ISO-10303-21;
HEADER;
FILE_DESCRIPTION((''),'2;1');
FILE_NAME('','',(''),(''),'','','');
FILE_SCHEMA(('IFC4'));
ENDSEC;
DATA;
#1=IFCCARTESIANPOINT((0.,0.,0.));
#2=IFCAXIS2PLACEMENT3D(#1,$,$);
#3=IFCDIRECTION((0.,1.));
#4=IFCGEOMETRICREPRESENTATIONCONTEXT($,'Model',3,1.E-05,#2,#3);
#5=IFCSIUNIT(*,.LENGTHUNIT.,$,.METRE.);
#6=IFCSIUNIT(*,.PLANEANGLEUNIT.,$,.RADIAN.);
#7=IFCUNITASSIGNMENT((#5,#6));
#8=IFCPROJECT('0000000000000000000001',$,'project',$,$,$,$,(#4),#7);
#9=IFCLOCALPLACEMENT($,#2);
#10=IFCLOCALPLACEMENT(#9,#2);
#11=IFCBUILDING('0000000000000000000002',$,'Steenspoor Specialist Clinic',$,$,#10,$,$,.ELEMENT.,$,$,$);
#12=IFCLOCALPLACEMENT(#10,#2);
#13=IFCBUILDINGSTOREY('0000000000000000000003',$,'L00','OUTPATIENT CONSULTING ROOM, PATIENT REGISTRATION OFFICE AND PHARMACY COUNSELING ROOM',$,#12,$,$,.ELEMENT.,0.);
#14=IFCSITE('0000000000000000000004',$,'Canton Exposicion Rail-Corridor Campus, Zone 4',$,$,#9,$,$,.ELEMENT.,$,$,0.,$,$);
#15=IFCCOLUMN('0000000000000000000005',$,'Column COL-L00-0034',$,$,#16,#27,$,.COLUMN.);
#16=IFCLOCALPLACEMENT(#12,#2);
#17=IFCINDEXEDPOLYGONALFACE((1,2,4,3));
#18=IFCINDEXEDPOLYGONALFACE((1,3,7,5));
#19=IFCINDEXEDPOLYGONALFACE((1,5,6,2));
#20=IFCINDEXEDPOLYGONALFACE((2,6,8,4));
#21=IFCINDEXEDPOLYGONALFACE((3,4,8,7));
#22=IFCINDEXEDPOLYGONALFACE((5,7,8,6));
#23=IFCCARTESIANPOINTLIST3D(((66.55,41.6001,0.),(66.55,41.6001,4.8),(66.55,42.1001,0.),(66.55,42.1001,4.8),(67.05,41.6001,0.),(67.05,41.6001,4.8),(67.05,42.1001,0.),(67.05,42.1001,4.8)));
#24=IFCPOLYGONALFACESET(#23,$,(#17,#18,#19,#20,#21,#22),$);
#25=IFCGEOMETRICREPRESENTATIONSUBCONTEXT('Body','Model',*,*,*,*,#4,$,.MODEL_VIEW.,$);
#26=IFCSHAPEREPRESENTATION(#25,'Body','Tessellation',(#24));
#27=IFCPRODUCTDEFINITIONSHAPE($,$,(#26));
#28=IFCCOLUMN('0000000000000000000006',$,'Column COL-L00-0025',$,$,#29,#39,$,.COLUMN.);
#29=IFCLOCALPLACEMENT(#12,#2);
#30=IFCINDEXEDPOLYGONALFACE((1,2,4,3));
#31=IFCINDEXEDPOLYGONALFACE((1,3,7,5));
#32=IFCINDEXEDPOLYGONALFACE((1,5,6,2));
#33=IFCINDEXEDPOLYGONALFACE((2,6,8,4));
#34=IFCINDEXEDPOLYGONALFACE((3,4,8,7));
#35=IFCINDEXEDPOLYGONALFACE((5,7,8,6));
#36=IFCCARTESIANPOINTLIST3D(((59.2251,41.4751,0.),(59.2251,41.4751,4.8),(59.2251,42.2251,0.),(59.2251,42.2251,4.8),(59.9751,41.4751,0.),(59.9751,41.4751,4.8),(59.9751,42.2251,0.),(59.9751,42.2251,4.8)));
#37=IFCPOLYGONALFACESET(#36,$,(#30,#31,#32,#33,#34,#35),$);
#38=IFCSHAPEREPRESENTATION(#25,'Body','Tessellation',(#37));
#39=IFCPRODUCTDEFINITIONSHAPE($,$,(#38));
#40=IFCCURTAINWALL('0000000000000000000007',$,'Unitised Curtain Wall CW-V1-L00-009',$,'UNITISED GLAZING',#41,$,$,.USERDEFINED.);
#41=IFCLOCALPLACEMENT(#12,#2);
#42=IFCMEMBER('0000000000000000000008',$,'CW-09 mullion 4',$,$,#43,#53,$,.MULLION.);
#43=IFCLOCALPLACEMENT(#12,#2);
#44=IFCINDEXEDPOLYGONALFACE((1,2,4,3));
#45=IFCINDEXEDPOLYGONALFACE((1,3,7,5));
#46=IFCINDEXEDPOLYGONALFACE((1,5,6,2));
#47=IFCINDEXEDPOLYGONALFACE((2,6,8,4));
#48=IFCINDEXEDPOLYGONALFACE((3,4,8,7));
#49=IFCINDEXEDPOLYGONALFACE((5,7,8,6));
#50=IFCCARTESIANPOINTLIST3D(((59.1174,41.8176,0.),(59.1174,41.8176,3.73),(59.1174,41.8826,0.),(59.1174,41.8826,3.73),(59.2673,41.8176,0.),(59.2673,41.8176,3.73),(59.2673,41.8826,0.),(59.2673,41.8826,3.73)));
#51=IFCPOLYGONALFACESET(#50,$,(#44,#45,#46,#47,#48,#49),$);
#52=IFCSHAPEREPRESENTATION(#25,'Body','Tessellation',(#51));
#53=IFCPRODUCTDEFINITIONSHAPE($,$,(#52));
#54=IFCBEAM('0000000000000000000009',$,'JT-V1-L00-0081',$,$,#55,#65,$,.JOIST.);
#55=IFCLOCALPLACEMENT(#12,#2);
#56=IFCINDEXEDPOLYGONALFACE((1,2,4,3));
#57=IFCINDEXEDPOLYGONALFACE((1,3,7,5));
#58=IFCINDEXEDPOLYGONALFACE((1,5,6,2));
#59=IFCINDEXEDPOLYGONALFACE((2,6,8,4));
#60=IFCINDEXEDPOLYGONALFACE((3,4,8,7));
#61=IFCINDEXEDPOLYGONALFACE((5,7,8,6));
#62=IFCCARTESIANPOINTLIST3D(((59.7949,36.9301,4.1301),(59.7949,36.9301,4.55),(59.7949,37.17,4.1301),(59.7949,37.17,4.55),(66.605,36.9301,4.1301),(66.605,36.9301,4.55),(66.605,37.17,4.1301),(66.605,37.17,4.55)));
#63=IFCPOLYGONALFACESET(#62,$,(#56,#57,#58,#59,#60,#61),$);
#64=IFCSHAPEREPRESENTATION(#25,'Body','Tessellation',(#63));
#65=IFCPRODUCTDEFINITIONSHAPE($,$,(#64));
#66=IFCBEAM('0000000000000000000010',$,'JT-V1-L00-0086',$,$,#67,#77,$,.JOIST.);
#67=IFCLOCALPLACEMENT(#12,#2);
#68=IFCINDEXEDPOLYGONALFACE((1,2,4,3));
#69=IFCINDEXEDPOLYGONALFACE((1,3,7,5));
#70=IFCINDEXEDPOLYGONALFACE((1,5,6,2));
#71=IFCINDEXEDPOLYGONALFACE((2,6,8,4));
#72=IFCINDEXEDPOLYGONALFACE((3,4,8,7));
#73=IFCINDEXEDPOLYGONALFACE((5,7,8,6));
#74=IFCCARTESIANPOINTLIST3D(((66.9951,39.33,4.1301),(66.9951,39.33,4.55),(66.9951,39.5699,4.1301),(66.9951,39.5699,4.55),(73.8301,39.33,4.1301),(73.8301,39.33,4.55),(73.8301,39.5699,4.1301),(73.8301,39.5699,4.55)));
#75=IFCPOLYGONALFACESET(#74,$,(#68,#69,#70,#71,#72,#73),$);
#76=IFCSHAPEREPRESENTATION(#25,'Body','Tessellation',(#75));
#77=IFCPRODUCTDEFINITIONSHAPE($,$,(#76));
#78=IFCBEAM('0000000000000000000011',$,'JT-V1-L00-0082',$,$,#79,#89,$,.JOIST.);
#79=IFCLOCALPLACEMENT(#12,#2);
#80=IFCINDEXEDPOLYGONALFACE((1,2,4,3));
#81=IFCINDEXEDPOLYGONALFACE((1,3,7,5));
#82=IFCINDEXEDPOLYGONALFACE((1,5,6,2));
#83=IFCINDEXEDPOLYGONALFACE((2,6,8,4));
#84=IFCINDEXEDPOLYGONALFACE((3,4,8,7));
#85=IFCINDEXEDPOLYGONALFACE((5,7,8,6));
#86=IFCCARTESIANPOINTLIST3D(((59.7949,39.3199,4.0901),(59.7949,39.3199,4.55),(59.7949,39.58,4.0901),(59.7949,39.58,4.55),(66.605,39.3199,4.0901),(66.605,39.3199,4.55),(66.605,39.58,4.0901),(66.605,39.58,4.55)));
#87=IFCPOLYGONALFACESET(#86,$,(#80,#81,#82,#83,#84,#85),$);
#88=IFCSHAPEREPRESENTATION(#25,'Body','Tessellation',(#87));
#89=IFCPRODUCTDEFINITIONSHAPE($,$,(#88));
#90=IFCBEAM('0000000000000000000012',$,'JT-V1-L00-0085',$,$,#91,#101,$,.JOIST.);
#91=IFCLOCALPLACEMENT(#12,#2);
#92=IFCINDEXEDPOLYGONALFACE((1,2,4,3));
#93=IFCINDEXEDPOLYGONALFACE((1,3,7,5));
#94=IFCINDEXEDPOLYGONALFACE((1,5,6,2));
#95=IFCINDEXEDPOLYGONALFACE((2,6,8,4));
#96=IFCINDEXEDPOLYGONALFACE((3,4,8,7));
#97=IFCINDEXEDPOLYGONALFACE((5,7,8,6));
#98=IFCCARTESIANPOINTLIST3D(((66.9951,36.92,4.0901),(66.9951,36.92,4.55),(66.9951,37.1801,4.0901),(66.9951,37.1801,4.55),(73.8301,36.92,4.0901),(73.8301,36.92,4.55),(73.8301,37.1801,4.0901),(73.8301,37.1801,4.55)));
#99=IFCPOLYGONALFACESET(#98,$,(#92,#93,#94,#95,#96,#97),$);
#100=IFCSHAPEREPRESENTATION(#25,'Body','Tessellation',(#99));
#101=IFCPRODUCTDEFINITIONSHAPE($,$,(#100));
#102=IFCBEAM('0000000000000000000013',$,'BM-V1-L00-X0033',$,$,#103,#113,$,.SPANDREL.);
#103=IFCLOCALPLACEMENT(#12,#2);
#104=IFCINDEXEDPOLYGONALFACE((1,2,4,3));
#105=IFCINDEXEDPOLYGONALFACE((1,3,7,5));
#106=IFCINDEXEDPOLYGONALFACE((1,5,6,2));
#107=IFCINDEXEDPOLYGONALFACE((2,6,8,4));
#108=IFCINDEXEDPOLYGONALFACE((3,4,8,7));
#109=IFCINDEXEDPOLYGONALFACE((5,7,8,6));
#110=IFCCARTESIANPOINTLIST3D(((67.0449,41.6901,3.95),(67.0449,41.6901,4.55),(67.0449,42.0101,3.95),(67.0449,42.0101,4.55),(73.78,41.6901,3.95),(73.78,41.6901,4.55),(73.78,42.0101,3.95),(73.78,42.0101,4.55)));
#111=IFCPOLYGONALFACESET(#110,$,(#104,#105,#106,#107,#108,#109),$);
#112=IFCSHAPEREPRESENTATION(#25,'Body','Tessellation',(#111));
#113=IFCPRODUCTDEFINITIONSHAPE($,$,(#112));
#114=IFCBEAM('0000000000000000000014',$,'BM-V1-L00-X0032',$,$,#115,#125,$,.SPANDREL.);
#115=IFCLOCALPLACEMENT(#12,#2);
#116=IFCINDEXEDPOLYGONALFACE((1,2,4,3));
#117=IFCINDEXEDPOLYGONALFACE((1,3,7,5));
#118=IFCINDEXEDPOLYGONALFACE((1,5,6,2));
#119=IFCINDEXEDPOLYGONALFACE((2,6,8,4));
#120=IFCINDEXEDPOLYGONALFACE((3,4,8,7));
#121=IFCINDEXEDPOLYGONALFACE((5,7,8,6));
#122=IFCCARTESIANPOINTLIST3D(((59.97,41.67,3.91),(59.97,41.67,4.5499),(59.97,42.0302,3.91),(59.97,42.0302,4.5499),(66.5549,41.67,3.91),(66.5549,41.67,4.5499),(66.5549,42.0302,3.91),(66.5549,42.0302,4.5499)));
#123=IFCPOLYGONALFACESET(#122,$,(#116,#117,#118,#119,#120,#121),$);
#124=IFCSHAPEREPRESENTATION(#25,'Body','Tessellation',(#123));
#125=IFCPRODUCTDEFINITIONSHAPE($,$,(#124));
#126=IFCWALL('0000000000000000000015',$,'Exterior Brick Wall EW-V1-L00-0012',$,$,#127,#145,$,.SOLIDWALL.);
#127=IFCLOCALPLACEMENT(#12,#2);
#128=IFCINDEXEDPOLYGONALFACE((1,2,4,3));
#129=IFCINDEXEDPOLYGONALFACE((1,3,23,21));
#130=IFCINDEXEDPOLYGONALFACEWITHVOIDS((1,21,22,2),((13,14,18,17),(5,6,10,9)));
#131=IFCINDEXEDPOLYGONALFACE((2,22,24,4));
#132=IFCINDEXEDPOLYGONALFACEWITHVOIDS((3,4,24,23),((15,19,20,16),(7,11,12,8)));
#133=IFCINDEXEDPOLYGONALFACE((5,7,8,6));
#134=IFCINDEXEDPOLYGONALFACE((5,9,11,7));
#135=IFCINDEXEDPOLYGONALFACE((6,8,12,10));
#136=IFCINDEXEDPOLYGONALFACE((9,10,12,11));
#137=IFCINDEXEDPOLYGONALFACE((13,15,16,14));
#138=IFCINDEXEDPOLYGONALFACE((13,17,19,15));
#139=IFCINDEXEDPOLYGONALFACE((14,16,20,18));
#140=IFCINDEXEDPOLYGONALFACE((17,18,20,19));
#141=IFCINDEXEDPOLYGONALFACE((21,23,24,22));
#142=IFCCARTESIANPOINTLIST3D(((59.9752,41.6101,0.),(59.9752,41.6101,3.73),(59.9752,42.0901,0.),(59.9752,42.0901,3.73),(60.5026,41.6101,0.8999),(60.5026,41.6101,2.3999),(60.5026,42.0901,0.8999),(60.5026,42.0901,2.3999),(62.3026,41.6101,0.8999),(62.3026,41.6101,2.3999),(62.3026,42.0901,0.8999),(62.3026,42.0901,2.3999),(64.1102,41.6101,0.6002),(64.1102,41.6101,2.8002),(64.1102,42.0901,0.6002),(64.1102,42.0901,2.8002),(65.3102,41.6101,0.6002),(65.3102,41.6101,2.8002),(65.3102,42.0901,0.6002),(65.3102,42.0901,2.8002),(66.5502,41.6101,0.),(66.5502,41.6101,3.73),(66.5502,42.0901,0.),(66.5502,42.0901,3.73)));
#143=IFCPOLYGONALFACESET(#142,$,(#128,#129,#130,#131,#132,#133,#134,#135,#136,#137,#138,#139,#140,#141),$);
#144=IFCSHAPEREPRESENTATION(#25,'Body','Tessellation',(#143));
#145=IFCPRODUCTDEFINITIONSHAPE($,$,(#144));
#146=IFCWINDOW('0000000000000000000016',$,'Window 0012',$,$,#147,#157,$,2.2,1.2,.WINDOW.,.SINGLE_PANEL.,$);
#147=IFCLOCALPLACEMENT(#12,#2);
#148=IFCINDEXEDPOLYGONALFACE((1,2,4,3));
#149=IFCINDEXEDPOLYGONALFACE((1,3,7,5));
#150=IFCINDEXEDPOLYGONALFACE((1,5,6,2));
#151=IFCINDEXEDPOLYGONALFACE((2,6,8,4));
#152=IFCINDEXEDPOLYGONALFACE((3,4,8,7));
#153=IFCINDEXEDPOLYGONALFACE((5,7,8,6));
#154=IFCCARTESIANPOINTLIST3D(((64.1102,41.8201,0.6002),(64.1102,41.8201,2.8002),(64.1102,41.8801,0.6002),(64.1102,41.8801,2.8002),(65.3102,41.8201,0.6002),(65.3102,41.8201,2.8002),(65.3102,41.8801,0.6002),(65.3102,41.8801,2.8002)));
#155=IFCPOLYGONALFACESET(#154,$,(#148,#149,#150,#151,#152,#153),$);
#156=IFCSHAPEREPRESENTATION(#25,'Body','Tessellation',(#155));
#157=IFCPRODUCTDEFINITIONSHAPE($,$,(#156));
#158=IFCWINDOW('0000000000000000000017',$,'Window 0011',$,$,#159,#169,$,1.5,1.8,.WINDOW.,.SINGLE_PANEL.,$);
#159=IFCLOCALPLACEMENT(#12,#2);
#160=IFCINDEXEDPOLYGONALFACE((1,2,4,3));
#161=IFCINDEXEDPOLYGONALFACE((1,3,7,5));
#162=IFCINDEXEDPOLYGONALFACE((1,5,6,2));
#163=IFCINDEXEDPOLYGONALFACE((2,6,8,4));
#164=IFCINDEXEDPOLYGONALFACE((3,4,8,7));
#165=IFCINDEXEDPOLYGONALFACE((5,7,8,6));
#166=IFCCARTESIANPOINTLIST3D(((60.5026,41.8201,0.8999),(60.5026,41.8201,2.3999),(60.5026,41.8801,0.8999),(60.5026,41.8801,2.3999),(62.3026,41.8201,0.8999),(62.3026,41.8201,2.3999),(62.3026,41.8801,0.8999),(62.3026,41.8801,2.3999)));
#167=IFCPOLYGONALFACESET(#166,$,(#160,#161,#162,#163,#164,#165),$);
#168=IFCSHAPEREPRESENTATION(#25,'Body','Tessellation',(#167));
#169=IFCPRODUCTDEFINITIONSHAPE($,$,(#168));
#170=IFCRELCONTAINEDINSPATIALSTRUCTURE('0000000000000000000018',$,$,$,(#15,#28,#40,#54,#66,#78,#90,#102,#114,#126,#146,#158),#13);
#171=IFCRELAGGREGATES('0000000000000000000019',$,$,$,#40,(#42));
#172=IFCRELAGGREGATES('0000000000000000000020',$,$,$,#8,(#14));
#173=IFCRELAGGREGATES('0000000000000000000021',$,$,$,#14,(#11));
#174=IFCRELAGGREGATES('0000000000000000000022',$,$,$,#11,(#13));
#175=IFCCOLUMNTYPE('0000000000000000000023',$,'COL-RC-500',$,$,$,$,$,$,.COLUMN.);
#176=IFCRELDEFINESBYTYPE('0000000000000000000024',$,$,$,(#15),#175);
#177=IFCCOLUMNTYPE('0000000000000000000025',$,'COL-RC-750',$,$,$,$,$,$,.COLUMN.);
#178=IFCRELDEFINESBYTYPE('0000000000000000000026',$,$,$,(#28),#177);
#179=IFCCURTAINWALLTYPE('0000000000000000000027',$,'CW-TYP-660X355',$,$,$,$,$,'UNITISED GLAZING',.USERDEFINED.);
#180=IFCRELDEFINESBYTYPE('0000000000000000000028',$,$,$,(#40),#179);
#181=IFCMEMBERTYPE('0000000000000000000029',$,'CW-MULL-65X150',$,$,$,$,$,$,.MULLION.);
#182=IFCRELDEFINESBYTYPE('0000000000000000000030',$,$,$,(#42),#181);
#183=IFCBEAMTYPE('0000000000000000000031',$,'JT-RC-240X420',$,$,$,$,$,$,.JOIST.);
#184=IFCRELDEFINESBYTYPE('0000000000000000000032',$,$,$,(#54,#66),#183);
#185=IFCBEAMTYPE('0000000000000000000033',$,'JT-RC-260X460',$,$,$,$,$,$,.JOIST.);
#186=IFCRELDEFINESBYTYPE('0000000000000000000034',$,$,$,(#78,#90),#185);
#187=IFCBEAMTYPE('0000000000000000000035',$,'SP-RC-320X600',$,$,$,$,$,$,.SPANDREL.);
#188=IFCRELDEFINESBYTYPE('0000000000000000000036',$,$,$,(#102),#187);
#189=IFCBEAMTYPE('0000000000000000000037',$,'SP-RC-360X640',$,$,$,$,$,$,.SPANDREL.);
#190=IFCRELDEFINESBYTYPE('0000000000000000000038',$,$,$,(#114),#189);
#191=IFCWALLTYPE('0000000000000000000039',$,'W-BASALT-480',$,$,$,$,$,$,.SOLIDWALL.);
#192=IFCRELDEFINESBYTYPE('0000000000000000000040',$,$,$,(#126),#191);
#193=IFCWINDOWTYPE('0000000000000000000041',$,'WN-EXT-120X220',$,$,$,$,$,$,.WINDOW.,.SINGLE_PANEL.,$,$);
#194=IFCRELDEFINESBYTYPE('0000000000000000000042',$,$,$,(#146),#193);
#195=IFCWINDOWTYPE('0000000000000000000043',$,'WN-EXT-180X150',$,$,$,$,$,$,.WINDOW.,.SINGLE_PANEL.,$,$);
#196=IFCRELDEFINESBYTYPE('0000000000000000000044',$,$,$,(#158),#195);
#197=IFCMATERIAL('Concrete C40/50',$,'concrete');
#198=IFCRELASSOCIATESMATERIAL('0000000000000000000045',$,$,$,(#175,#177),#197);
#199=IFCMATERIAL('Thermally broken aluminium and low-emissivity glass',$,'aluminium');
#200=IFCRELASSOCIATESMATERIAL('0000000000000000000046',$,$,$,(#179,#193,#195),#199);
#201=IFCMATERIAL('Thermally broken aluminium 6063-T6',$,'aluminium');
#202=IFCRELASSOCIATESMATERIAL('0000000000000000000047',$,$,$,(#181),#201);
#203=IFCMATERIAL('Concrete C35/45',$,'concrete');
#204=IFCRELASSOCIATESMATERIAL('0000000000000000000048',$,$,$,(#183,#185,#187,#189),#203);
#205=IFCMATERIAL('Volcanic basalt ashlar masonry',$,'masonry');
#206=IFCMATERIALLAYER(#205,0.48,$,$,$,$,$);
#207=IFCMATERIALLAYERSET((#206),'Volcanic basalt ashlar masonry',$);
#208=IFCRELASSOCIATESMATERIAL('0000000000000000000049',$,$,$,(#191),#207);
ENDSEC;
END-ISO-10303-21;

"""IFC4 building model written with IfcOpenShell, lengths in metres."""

from ifc_helpers import new_model, si_unit, direction, frame, frame_2d, origin, origin_2d, place, context, subcontext, project, spatial, rectangle, extrude, material, layer, layer_set, material_profile, profile_set, type_object, element, fill, aggregate, save


model = new_model("IFC4")

# Units and contexts
model_context = context("Model", 3, precision=1e-05, world=origin(), true_north=direction((0.0, 1.0)))
body_context = subcontext(model_context, "Body", "Model", "MODEL_VIEW")
ifc_project = project(units=[si_unit("LENGTHUNIT", "METRE"), si_unit("PLANEANGLEUNIT", "RADIAN")], contexts=[model_context])

# Site, building, storey
site_placement = place(None, origin())
site = spatial("IfcSite", under=ifc_project, at=site_placement, Name="Canton Exposicion Rail-Corridor Campus, Zone 4", CompositionType="ELEMENT", RefElevation=0.0)
building_placement = place(site_placement, origin())
building = spatial("IfcBuilding", under=site, at=building_placement, Name="Steenspoor Specialist Clinic", CompositionType="ELEMENT")
storey_placement = place(building_placement, origin())
storey = spatial("IfcBuildingStorey", under=building, at=storey_placement, Name="L00", Description="OUTPATIENT CONSULTING ROOM, PATIENT REGISTRATION OFFICE AND PHARMACY COUNSELING ROOM", CompositionType="ELEMENT", Elevation=0.0)

# Shared definitions
ifc_material_1 = material(Name="Concrete C35/45", Category="concrete")

# Columns
ifc_material_2 = material(Name="Concrete C40/50", Category="concrete")
ifc_material_profile_1 = material_profile(ifc_material_2, rectangle(XDim=0.5, YDim=0.5, at=origin_2d()), Name="RC-COL-500X500")
ifc_profile_set_1 = profile_set([ifc_material_profile_1], Name="Concrete C40/50")
column_type_1 = type_object("IfcColumnType", Name="COL-RC-500", PredefinedType="COLUMN", material=ifc_profile_set_1)
column_1_placement = place(storey_placement, frame((66.8, 41.8501, 0.0), z_axis=(0.0, 0.0, 1.0), x_axis=(1.0, 0.0, 0.0)))
element("IfcColumn", 1, at=column_1_placement, inside=storey, type_object=column_type_1, Name="Column COL-L00-0034", PredefinedType="COLUMN", context=body_context, shape_type="SweptSolid", body=[
    extrude(rectangle(XDim=0.5, YDim=0.5, at=origin_2d()), origin(), (0.0, 0.0, 1.0), 4.8),
])
ifc_material_profile_2 = material_profile(ifc_material_2, rectangle(XDim=0.75, YDim=0.75, at=origin_2d()), Name="RC-COL-750X750")
ifc_profile_set_2 = profile_set([ifc_material_profile_2], Name="Concrete C40/50")
column_type_2 = type_object("IfcColumnType", Name="COL-RC-750", PredefinedType="COLUMN", material=ifc_profile_set_2)
column_2_placement = place(storey_placement, frame((59.6001, 41.8501, 0.0), z_axis=(0.0, 0.0, 1.0), x_axis=(1.0, 0.0, 0.0)))
element("IfcColumn", 2, at=column_2_placement, inside=storey, type_object=column_type_2, Name="Column COL-L00-0025", PredefinedType="COLUMN", context=body_context, shape_type="SweptSolid", body=[
    extrude(rectangle(XDim=0.75, YDim=0.75, at=origin_2d()), origin(), (0.0, 0.0, 1.0), 4.8),
])

# Curtain wall, member
ifc_material_3 = material(Name="Thermally broken aluminium and low-emissivity glass", Category="aluminium")
curtain_wall_type = type_object("IfcCurtainWallType", Name="CW-TYP-660X355", ElementType="UNITISED GLAZING", PredefinedType="USERDEFINED", material=ifc_material_3)
curtain_wall_placement = place(storey_placement, origin())
curtain_wall = element("IfcCurtainWall", 3, at=curtain_wall_placement, inside=storey, type_object=curtain_wall_type, Name="Unitised Curtain Wall CW-V1-L00-009", ObjectType="UNITISED GLAZING", PredefinedType="USERDEFINED")
ifc_material_4 = material(Name="Thermally broken aluminium 6063-T6", Category="aluminium")
ifc_material_profile_3 = material_profile(ifc_material_4, rectangle(XDim=0.0649, YDim=0.1499, at=origin_2d()), Name="CWM-65X150")
ifc_profile_set_3 = profile_set([ifc_material_profile_3], Name="Thermally broken aluminium 6063-T6")
member_type = type_object("IfcMemberType", Name="CW-MULL-65X150", PredefinedType="MULLION", material=ifc_profile_set_3)
member_placement = place(storey_placement, frame((59.1924, 41.8501, 0.0), z_axis=(0.0, 0.0, 1.0), x_axis=(0.0, 1.0, 0.0)))
member = element("IfcMember", 4, at=member_placement, type_object=member_type, Name="CW-09 mullion 4", PredefinedType="MULLION", context=body_context, shape_type="SweptSolid", body=[
    extrude(rectangle(XDim=0.0649, YDim=0.1499, at=origin_2d()), origin(), (0.0, 0.0, 1.0), 3.73),
])
aggregate(curtain_wall, [member])

# Beams
ifc_material_profile_4 = material_profile(ifc_material_1, rectangle(XDim=0.24, YDim=0.4199, at=origin_2d()), Name="RC-JT-240X420")
ifc_profile_set_4 = profile_set([ifc_material_profile_4], Name="Concrete C35/45")
beam_type_1 = type_object("IfcBeamType", Name="JT-RC-240X420", PredefinedType="JOIST", material=ifc_profile_set_4)
beam_1_placement = place(storey_placement, frame((59.7949, 37.05, 4.3401), z_axis=(1.0, 0.0, 0.0), x_axis=(0.0, 1.0, 0.0)))
element("IfcBeam", 5, at=beam_1_placement, inside=storey, type_object=beam_type_1, Name="JT-V1-L00-0081", PredefinedType="JOIST", context=body_context, shape_type="SweptSolid", body=[
    extrude(rectangle(XDim=0.24, YDim=0.4199, at=origin_2d()), origin(), (0.0, 0.0, 1.0), 6.8101),
])
beam_2_placement = place(storey_placement, frame((66.9951, 39.45, 4.3401), z_axis=(1.0, 0.0, 0.0), x_axis=(0.0, 1.0, 0.0)))
element("IfcBeam", 6, at=beam_2_placement, inside=storey, type_object=beam_type_1, Name="JT-V1-L00-0086", PredefinedType="JOIST", context=body_context, shape_type="SweptSolid", body=[
    extrude(rectangle(XDim=0.24, YDim=0.4199, at=origin_2d()), origin(), (0.0, 0.0, 1.0), 6.835),
])
ifc_material_profile_5 = material_profile(ifc_material_1, rectangle(XDim=0.26, YDim=0.46, at=origin_2d()), Name="RC-JT-260X460")
ifc_profile_set_5 = profile_set([ifc_material_profile_5], Name="Concrete C35/45")
beam_type_2 = type_object("IfcBeamType", Name="JT-RC-260X460", PredefinedType="JOIST", material=ifc_profile_set_5)
beam_3_placement = place(storey_placement, frame((59.7949, 39.45, 4.3201), z_axis=(1.0, 0.0, 0.0), x_axis=(0.0, 1.0, 0.0)))
element("IfcBeam", 7, at=beam_3_placement, inside=storey, type_object=beam_type_2, Name="JT-V1-L00-0082", PredefinedType="JOIST", context=body_context, shape_type="SweptSolid", body=[
    extrude(rectangle(XDim=0.26, YDim=0.46, at=origin_2d()), origin(), (0.0, 0.0, 1.0), 6.8101),
])
beam_4_placement = place(storey_placement, frame((66.9951, 37.05, 4.3201), z_axis=(1.0, 0.0, 0.0), x_axis=(0.0, 1.0, 0.0)))
element("IfcBeam", 8, at=beam_4_placement, inside=storey, type_object=beam_type_2, Name="JT-V1-L00-0085", PredefinedType="JOIST", context=body_context, shape_type="SweptSolid", body=[
    extrude(rectangle(XDim=0.26, YDim=0.46, at=origin_2d()), origin(), (0.0, 0.0, 1.0), 6.835),
])
ifc_material_profile_6 = material_profile(ifc_material_1, rectangle(XDim=0.3201, YDim=0.6001, at=origin_2d()), Name="RC-SP-320X600")
ifc_profile_set_6 = profile_set([ifc_material_profile_6], Name="Concrete C35/45")
beam_type_3 = type_object("IfcBeamType", Name="SP-RC-320X600", PredefinedType="SPANDREL", material=ifc_profile_set_6)
beam_5_placement = place(storey_placement, frame((67.0449, 41.8501, 4.25), z_axis=(1.0, 0.0, 0.0), x_axis=(0.0, 1.0, 0.0)))
element("IfcBeam", 9, at=beam_5_placement, inside=storey, type_object=beam_type_3, Name="BM-V1-L00-X0033", PredefinedType="SPANDREL", context=body_context, shape_type="SweptSolid", body=[
    extrude(rectangle(XDim=0.3201, YDim=0.6001, at=origin_2d()), origin(), (0.0, 0.0, 1.0), 6.7351),
])
ifc_material_profile_7 = material_profile(ifc_material_1, rectangle(XDim=0.3601, YDim=0.6399, at=origin_2d()), Name="RC-SP-360X640")
ifc_profile_set_7 = profile_set([ifc_material_profile_7], Name="Concrete C35/45")
beam_type_4 = type_object("IfcBeamType", Name="SP-RC-360X640", PredefinedType="SPANDREL", material=ifc_profile_set_7)
beam_6_placement = place(storey_placement, frame((59.97, 41.8501, 4.23), z_axis=(1.0, 0.0, 0.0), x_axis=(0.0, 1.0, 0.0)))
element("IfcBeam", 10, at=beam_6_placement, inside=storey, type_object=beam_type_4, Name="BM-V1-L00-X0032", PredefinedType="SPANDREL", context=body_context, shape_type="SweptSolid", body=[
    extrude(rectangle(XDim=0.3601, YDim=0.6399, at=origin_2d()), origin(), (0.0, 0.0, 1.0), 6.585),
])

# Wall, openings, windows
ifc_material_5 = material(Name="Volcanic basalt ashlar masonry", Category="masonry")
ifc_layer_1 = layer(ifc_material_5, 0.48)
ifc_layer_set_1 = layer_set([ifc_layer_1], Name="Volcanic basalt ashlar masonry")
wall_type_1 = type_object("IfcWallType", Name="W-BASALT-480", PredefinedType="SOLIDWALL", material=ifc_layer_set_1)
wall_1_placement = place(storey_placement, frame((59.9751, 41.8501, 0.0), z_axis=(0.0, 0.0, 1.0), x_axis=(1.0, 0.0, 0.0)))
wall_1 = element("IfcWall", 11, at=wall_1_placement, inside=storey, type_object=wall_type_1, Name="Exterior Brick Wall EW-V1-L00-0012", PredefinedType="SOLIDWALL", context=body_context, shape_type="SweptSolid", body=[
    extrude(rectangle(XDim=6.575, YDim=0.48, at=frame_2d((3.2876, 0.0))), origin(), (0.0, 0.0, 1.0), 3.73),
])
opening_1_placement = place(wall_1_placement, frame((0.5276, 0.0, 0.8999)))
opening_1 = element("IfcOpeningElement", 12, at=opening_1_placement, cuts=wall_1, PredefinedType="OPENING", context=body_context, shape_type="SweptSolid", body=[
    extrude(rectangle(XDim=1.8, YDim=1.5, at=frame_2d((0.8999, 0.75))), frame((0.0, 0.25, 0.0), z_axis=(0.0, -1.0, 0.0), x_axis=(1.0, 0.0, 0.0)), (0.0, 0.0, 1.0), 0.5),
])
opening_2_placement = place(wall_1_placement, frame((4.135, 0.0, 0.6001)))
opening_2 = element("IfcOpeningElement", 13, at=opening_2_placement, cuts=wall_1, PredefinedType="OPENING", context=body_context, shape_type="SweptSolid", body=[
    extrude(rectangle(XDim=1.2, YDim=2.2, at=frame_2d((0.6001, 1.1001))), frame((0.0, 0.25, 0.0), z_axis=(0.0, -1.0, 0.0), x_axis=(1.0, 0.0, 0.0)), (0.0, 0.0, 1.0), 0.5),
])
window_type_1 = type_object("IfcWindowType", Name="WN-EXT-120X220", PartitioningType="SINGLE_PANEL", PredefinedType="WINDOW", material=ifc_material_3)
window_1_placement = place(opening_2_placement, origin())
window_1 = element("IfcWindow", 14, at=window_1_placement, inside=storey, type_object=window_type_1, Name="Window 0012", OverallHeight=2.2, OverallWidth=1.2, PartitioningType="SINGLE_PANEL", PredefinedType="WINDOW", context=body_context, shape_type="SweptSolid", body=[
    extrude(rectangle(XDim=1.2, YDim=2.2, at=frame_2d((0.6001, 1.1001))), frame((0.0, 0.03, 0.0), z_axis=(0.0, -1.0, 0.0), x_axis=(1.0, 0.0, 0.0)), (0.0, 0.0, 1.0), 0.0601),
])
fill(opening_2, window_1)
window_type_2 = type_object("IfcWindowType", Name="WN-EXT-180X150", PartitioningType="SINGLE_PANEL", PredefinedType="WINDOW", material=ifc_material_3)
window_2_placement = place(opening_1_placement, origin())
window_2 = element("IfcWindow", 15, at=window_2_placement, inside=storey, type_object=window_type_2, Name="Window 0011", OverallHeight=1.5, OverallWidth=1.8, PartitioningType="SINGLE_PANEL", PredefinedType="WINDOW", context=body_context, shape_type="SweptSolid", body=[
    extrude(rectangle(XDim=1.8, YDim=1.5, at=frame_2d((0.8999, 0.75))), frame((0.0, 0.03, 0.0), z_axis=(0.0, -1.0, 0.0), x_axis=(1.0, 0.0, 0.0)), (0.0, 0.0, 1.0), 0.0601),
])
fill(opening_1, window_2)

save(model, "model.ifc")
